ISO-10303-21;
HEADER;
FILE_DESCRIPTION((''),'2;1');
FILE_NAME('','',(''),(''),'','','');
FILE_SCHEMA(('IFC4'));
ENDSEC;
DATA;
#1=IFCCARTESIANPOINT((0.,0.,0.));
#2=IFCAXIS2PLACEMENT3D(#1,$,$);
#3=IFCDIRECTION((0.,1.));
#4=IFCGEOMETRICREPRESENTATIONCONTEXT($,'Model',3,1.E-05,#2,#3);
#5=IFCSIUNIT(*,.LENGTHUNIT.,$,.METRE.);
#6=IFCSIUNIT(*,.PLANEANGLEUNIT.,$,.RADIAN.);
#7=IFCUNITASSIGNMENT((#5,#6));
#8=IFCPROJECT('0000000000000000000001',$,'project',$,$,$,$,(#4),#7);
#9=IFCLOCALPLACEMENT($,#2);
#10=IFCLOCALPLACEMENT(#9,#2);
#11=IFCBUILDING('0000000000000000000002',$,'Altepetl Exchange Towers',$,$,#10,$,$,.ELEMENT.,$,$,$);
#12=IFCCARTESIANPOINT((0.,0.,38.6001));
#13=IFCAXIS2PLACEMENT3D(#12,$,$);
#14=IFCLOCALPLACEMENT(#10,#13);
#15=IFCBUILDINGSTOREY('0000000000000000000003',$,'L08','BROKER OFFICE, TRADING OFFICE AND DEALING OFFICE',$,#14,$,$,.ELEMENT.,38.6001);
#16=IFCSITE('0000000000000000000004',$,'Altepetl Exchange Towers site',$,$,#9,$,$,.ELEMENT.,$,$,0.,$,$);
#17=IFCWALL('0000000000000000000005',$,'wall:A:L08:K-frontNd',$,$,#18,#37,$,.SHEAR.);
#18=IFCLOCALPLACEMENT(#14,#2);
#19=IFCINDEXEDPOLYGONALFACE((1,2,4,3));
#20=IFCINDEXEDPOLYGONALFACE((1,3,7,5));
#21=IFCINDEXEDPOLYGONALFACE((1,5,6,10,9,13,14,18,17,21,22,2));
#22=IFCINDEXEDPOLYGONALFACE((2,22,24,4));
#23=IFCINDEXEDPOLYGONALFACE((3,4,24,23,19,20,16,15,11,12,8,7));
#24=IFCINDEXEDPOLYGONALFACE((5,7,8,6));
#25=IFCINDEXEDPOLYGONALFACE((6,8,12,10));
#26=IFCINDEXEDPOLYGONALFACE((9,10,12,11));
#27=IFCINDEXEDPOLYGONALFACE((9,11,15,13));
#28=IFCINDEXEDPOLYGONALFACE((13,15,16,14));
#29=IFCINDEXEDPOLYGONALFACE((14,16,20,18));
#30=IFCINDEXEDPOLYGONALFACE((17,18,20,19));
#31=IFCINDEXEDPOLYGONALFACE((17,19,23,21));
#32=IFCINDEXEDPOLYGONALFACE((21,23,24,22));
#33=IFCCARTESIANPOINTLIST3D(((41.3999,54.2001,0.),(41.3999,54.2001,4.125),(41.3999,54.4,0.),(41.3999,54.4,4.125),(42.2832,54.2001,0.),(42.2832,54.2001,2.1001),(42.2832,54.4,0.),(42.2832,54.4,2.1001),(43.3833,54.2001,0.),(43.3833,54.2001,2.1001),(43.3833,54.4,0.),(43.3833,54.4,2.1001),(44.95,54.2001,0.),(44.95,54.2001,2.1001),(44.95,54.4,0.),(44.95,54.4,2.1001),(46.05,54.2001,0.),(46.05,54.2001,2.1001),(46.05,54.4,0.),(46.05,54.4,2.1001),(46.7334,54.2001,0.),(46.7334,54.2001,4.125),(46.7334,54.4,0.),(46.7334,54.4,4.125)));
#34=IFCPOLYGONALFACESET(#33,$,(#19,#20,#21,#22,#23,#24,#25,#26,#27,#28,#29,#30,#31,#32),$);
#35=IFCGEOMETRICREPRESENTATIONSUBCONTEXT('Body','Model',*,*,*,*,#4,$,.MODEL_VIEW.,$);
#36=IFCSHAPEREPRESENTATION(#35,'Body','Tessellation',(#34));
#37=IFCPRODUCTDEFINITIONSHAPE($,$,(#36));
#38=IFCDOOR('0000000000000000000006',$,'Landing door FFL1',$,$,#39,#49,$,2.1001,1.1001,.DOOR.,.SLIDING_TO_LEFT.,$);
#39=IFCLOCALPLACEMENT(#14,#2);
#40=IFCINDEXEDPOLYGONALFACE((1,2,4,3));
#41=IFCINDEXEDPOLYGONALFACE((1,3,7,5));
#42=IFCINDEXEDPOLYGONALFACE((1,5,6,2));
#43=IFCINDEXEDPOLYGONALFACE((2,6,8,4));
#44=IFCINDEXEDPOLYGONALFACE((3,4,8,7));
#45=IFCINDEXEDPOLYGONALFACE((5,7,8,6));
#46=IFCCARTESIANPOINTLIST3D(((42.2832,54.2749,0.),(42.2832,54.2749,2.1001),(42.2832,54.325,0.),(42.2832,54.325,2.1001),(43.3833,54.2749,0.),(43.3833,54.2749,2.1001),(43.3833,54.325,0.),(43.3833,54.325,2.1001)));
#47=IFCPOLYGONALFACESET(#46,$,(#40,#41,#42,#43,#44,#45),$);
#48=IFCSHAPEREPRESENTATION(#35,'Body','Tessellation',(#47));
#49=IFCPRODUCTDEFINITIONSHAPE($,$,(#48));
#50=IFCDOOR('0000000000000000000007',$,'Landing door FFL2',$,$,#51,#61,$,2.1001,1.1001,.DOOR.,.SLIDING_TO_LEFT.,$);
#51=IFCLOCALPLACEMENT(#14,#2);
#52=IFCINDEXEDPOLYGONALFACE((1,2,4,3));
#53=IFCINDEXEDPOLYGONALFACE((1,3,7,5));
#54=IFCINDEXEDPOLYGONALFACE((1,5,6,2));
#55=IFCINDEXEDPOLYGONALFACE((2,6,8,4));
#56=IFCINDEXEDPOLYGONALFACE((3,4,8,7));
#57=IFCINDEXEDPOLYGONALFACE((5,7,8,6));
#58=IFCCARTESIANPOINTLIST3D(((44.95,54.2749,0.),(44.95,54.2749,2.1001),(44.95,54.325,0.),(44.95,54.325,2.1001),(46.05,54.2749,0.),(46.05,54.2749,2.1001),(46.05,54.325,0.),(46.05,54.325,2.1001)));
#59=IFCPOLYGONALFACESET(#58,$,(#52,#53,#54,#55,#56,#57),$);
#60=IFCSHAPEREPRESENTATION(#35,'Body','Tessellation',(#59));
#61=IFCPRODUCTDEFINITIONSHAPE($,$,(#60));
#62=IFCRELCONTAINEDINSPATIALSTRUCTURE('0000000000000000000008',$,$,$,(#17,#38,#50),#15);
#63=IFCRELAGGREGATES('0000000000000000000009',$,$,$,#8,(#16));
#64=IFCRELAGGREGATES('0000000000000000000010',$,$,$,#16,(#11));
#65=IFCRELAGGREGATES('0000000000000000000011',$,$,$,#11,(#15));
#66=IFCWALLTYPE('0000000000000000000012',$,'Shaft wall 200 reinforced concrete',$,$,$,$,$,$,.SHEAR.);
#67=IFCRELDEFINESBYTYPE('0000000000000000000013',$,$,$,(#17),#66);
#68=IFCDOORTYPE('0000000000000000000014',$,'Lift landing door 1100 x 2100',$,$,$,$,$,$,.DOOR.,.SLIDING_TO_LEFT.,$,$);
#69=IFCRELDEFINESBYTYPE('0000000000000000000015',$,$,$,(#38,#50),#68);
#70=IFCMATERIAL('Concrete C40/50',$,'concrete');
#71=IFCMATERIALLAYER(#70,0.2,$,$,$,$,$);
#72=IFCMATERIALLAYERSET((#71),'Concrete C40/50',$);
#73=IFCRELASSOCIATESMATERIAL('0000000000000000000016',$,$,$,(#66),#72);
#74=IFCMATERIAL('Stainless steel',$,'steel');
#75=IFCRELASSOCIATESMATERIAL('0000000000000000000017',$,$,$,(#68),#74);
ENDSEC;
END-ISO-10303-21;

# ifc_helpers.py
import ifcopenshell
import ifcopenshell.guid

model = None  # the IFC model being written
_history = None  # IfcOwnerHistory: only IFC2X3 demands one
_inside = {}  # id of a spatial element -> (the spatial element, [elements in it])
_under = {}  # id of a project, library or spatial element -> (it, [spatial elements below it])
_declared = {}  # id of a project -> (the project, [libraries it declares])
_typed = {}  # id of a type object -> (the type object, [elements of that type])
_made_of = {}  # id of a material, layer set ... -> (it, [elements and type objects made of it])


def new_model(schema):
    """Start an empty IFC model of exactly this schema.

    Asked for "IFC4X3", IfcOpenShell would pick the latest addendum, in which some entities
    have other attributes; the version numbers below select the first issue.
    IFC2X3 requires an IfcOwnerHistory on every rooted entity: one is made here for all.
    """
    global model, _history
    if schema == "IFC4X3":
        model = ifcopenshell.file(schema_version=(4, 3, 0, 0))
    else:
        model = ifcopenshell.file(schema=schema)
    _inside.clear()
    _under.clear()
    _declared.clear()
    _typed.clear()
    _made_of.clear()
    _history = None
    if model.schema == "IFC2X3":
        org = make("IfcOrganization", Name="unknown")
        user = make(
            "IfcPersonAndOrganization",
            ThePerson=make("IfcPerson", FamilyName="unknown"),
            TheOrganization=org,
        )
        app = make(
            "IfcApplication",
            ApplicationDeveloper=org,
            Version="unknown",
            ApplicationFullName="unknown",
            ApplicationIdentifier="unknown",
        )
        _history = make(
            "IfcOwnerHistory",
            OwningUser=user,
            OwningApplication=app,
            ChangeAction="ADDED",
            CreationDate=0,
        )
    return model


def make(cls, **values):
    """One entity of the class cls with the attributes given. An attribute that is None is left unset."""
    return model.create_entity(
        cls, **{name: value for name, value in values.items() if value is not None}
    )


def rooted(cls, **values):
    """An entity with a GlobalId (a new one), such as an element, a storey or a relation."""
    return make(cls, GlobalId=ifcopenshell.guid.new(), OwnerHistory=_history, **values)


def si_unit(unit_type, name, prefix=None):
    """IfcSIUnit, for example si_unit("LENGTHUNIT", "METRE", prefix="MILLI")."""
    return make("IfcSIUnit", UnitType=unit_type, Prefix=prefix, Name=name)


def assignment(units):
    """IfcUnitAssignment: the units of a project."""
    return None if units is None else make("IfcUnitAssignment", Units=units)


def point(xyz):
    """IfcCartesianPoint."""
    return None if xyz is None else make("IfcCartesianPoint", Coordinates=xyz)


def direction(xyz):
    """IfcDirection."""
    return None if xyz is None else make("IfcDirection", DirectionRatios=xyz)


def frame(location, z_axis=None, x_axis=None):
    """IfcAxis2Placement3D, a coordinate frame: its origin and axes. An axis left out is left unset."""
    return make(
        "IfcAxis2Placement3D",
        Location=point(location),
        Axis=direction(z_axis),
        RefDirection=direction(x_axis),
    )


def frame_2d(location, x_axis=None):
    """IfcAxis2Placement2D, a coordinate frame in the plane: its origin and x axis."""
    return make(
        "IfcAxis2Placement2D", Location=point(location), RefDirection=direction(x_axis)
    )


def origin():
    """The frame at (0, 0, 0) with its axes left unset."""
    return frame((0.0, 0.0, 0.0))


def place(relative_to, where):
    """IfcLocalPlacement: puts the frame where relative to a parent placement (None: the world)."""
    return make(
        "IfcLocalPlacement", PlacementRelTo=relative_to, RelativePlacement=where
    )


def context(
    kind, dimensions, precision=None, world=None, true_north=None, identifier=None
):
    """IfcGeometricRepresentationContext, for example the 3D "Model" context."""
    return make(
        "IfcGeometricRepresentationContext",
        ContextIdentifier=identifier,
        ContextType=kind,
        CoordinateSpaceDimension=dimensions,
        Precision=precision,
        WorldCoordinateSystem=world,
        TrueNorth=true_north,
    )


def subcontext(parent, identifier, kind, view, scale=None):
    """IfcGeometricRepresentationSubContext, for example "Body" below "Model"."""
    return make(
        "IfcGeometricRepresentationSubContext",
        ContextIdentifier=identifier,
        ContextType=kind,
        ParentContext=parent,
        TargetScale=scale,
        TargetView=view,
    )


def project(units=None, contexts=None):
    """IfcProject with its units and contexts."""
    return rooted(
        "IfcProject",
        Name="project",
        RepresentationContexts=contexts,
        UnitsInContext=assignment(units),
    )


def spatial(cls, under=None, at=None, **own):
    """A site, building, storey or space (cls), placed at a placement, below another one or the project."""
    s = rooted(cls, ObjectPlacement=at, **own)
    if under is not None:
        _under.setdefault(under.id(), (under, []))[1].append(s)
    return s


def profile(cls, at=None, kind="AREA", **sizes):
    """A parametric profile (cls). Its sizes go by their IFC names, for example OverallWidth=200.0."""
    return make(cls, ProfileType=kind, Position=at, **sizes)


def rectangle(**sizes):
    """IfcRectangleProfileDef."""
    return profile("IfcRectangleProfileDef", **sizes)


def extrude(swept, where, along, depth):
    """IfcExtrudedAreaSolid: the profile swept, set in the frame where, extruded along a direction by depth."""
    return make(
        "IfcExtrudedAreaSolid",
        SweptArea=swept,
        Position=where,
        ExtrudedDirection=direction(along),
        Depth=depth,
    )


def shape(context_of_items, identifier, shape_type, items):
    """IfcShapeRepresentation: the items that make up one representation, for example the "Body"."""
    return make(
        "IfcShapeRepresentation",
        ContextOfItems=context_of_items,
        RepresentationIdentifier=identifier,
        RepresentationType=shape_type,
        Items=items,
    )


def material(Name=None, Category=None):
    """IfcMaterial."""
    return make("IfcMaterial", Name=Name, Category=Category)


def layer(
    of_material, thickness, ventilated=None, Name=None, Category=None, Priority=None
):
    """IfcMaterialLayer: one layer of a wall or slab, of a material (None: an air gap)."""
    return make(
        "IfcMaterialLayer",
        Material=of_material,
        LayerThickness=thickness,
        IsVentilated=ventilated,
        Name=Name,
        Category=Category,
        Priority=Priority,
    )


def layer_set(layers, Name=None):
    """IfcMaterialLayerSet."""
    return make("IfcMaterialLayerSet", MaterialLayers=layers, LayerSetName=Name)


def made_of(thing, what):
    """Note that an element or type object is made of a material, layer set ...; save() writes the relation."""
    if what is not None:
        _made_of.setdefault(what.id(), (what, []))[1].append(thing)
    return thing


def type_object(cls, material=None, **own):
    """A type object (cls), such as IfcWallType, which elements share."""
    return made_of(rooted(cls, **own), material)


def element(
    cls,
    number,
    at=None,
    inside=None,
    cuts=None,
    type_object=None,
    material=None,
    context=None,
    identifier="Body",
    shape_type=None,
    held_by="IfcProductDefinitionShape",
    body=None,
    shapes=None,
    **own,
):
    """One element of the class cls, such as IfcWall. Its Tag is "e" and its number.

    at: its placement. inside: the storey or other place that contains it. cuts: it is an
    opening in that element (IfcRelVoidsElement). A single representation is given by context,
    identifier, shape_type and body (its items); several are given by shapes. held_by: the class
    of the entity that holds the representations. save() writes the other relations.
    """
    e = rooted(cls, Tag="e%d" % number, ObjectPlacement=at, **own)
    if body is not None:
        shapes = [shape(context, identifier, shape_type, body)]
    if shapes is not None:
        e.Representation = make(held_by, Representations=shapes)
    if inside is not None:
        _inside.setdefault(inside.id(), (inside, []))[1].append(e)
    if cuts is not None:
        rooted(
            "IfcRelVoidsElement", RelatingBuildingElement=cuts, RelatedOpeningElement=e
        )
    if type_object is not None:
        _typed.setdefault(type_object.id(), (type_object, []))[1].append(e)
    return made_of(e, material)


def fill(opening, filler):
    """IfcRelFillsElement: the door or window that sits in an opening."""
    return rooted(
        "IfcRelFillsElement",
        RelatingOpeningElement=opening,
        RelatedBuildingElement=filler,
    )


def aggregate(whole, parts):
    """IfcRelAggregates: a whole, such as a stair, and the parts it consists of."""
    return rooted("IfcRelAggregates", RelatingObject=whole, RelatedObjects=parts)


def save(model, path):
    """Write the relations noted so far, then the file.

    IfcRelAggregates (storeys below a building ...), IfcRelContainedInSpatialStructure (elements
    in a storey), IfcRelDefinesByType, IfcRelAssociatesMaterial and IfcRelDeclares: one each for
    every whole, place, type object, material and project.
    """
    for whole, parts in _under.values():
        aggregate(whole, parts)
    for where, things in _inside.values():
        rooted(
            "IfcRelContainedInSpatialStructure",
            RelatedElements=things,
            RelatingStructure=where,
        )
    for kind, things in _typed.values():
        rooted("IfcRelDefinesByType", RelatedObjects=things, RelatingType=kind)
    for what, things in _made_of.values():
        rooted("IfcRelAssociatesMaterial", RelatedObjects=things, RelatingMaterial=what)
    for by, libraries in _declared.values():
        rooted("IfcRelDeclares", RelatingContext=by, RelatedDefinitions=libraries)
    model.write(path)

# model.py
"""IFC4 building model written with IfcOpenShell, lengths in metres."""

from ifc_helpers import new_model, si_unit, direction, frame, frame_2d, origin, place, context, subcontext, project, spatial, rectangle, extrude, material, layer, layer_set, type_object, element, fill, save


model = new_model("IFC4")

# Units and contexts
model_context = context("Model", 3, precision=1e-05, world=origin(), true_north=direction((0.0, 1.0)))
body_context = subcontext(model_context, "Body", "Model", "MODEL_VIEW")
ifc_project = project(units=[si_unit("LENGTHUNIT", "METRE"), si_unit("PLANEANGLEUNIT", "RADIAN")], contexts=[model_context])

# Site, building, storey
site_placement = place(None, origin())
site = spatial("IfcSite", under=ifc_project, at=site_placement, Name="Altepetl Exchange Towers site", CompositionType="ELEMENT", RefElevation=0.0)
building_placement = place(site_placement, origin())
building = spatial("IfcBuilding", under=site, at=building_placement, Name="Altepetl Exchange Towers", CompositionType="ELEMENT")
storey_placement = place(building_placement, frame((0.0, 0.0, 38.6001)))
storey = spatial("IfcBuildingStorey", under=building, at=storey_placement, Name="L08", Description="BROKER OFFICE, TRADING OFFICE AND DEALING OFFICE", CompositionType="ELEMENT", Elevation=38.6001)

# Wall, openings, doors
ifc_material_1 = material(Name="Concrete C40/50", Category="concrete")
ifc_layer_1 = layer(ifc_material_1, 0.2)
ifc_layer_set_1 = layer_set([ifc_layer_1], Name="Concrete C40/50")
wall_type_1 = type_object("IfcWallType", Name="Shaft wall 200 reinforced concrete", PredefinedType="SHEAR", material=ifc_layer_set_1)
wall_1_placement = place(storey_placement, frame((41.3999, 54.3, 0.0)))
wall_1 = element("IfcWall", 1, at=wall_1_placement, inside=storey, type_object=wall_type_1, Name="wall:A:L08:K-frontNd", PredefinedType="SHEAR", context=body_context, shape_type="SweptSolid", body=[
    extrude(rectangle(XDim=5.3335, YDim=0.2, at=frame_2d((2.6667, 0.0))), origin(), (0.0, 0.0, 1.0), 4.125),
])
opening_1_placement = place(wall_1_placement, frame((0.8833, 0.0, 0.0)))
opening_1 = element("IfcOpeningElement", 2, at=opening_1_placement, cuts=wall_1, PredefinedType="OPENING", context=body_context, shape_type="SweptSolid", body=[
    extrude(rectangle(XDim=1.1001, YDim=2.1001, at=frame_2d((0.55, 1.05))), frame((0.0, 0.1099, 0.0), z_axis=(0.0, -1.0, 0.0), x_axis=(1.0, 0.0, 0.0)), (0.0, 0.0, 1.0), 0.22),
])
opening_2_placement = place(wall_1_placement, frame((3.55, 0.0, 0.0)))
opening_2 = element("IfcOpeningElement", 3, at=opening_2_placement, cuts=wall_1, PredefinedType="OPENING", context=body_context, shape_type="SweptSolid", body=[
    extrude(rectangle(XDim=1.1001, YDim=2.1001, at=frame_2d((0.55, 1.05))), frame((0.0, 0.1099, 0.0), z_axis=(0.0, -1.0, 0.0), x_axis=(1.0, 0.0, 0.0)), (0.0, 0.0, 1.0), 0.22),
])
ifc_material_2 = material(Name="Stainless steel", Category="steel")
door_type_1 = type_object("IfcDoorType", Name="Lift landing door 1100 x 2100", OperationType="SLIDING_TO_LEFT", PredefinedType="DOOR", material=ifc_material_2)
door_1_placement = place(opening_1_placement, origin())
door_1 = element("IfcDoor", 4, at=door_1_placement, inside=storey, type_object=door_type_1, Name="Landing door FFL1", OperationType="SLIDING_TO_LEFT", OverallHeight=2.1001, OverallWidth=1.1001, PredefinedType="DOOR", context=body_context, shape_type="SweptSolid", body=[
    extrude(rectangle(XDim=1.1001, YDim=2.1001, at=frame_2d((0.55, 1.05))), frame((0.0, 0.0249, 0.0), z_axis=(0.0, -1.0, 0.0), x_axis=(1.0, 0.0, 0.0)), (0.0, 0.0, 1.0), 0.05),
])
fill(opening_1, door_1)
door_2_placement = place(opening_2_placement, origin())
door_2 = element("IfcDoor", 5, at=door_2_placement, inside=storey, type_object=door_type_1, Name="Landing door FFL2", OperationType="SLIDING_TO_LEFT", OverallHeight=2.1001, OverallWidth=1.1001, PredefinedType="DOOR", context=body_context, shape_type="SweptSolid", body=[
    extrude(rectangle(XDim=1.1001, YDim=2.1001, at=frame_2d((0.55, 1.05))), frame((0.0, 0.0249, 0.0), z_axis=(0.0, -1.0, 0.0), x_axis=(1.0, 0.0, 0.0)), (0.0, 0.0, 1.0), 0.05),
])
fill(opening_2, door_2)

save(model, "model.ifc")
